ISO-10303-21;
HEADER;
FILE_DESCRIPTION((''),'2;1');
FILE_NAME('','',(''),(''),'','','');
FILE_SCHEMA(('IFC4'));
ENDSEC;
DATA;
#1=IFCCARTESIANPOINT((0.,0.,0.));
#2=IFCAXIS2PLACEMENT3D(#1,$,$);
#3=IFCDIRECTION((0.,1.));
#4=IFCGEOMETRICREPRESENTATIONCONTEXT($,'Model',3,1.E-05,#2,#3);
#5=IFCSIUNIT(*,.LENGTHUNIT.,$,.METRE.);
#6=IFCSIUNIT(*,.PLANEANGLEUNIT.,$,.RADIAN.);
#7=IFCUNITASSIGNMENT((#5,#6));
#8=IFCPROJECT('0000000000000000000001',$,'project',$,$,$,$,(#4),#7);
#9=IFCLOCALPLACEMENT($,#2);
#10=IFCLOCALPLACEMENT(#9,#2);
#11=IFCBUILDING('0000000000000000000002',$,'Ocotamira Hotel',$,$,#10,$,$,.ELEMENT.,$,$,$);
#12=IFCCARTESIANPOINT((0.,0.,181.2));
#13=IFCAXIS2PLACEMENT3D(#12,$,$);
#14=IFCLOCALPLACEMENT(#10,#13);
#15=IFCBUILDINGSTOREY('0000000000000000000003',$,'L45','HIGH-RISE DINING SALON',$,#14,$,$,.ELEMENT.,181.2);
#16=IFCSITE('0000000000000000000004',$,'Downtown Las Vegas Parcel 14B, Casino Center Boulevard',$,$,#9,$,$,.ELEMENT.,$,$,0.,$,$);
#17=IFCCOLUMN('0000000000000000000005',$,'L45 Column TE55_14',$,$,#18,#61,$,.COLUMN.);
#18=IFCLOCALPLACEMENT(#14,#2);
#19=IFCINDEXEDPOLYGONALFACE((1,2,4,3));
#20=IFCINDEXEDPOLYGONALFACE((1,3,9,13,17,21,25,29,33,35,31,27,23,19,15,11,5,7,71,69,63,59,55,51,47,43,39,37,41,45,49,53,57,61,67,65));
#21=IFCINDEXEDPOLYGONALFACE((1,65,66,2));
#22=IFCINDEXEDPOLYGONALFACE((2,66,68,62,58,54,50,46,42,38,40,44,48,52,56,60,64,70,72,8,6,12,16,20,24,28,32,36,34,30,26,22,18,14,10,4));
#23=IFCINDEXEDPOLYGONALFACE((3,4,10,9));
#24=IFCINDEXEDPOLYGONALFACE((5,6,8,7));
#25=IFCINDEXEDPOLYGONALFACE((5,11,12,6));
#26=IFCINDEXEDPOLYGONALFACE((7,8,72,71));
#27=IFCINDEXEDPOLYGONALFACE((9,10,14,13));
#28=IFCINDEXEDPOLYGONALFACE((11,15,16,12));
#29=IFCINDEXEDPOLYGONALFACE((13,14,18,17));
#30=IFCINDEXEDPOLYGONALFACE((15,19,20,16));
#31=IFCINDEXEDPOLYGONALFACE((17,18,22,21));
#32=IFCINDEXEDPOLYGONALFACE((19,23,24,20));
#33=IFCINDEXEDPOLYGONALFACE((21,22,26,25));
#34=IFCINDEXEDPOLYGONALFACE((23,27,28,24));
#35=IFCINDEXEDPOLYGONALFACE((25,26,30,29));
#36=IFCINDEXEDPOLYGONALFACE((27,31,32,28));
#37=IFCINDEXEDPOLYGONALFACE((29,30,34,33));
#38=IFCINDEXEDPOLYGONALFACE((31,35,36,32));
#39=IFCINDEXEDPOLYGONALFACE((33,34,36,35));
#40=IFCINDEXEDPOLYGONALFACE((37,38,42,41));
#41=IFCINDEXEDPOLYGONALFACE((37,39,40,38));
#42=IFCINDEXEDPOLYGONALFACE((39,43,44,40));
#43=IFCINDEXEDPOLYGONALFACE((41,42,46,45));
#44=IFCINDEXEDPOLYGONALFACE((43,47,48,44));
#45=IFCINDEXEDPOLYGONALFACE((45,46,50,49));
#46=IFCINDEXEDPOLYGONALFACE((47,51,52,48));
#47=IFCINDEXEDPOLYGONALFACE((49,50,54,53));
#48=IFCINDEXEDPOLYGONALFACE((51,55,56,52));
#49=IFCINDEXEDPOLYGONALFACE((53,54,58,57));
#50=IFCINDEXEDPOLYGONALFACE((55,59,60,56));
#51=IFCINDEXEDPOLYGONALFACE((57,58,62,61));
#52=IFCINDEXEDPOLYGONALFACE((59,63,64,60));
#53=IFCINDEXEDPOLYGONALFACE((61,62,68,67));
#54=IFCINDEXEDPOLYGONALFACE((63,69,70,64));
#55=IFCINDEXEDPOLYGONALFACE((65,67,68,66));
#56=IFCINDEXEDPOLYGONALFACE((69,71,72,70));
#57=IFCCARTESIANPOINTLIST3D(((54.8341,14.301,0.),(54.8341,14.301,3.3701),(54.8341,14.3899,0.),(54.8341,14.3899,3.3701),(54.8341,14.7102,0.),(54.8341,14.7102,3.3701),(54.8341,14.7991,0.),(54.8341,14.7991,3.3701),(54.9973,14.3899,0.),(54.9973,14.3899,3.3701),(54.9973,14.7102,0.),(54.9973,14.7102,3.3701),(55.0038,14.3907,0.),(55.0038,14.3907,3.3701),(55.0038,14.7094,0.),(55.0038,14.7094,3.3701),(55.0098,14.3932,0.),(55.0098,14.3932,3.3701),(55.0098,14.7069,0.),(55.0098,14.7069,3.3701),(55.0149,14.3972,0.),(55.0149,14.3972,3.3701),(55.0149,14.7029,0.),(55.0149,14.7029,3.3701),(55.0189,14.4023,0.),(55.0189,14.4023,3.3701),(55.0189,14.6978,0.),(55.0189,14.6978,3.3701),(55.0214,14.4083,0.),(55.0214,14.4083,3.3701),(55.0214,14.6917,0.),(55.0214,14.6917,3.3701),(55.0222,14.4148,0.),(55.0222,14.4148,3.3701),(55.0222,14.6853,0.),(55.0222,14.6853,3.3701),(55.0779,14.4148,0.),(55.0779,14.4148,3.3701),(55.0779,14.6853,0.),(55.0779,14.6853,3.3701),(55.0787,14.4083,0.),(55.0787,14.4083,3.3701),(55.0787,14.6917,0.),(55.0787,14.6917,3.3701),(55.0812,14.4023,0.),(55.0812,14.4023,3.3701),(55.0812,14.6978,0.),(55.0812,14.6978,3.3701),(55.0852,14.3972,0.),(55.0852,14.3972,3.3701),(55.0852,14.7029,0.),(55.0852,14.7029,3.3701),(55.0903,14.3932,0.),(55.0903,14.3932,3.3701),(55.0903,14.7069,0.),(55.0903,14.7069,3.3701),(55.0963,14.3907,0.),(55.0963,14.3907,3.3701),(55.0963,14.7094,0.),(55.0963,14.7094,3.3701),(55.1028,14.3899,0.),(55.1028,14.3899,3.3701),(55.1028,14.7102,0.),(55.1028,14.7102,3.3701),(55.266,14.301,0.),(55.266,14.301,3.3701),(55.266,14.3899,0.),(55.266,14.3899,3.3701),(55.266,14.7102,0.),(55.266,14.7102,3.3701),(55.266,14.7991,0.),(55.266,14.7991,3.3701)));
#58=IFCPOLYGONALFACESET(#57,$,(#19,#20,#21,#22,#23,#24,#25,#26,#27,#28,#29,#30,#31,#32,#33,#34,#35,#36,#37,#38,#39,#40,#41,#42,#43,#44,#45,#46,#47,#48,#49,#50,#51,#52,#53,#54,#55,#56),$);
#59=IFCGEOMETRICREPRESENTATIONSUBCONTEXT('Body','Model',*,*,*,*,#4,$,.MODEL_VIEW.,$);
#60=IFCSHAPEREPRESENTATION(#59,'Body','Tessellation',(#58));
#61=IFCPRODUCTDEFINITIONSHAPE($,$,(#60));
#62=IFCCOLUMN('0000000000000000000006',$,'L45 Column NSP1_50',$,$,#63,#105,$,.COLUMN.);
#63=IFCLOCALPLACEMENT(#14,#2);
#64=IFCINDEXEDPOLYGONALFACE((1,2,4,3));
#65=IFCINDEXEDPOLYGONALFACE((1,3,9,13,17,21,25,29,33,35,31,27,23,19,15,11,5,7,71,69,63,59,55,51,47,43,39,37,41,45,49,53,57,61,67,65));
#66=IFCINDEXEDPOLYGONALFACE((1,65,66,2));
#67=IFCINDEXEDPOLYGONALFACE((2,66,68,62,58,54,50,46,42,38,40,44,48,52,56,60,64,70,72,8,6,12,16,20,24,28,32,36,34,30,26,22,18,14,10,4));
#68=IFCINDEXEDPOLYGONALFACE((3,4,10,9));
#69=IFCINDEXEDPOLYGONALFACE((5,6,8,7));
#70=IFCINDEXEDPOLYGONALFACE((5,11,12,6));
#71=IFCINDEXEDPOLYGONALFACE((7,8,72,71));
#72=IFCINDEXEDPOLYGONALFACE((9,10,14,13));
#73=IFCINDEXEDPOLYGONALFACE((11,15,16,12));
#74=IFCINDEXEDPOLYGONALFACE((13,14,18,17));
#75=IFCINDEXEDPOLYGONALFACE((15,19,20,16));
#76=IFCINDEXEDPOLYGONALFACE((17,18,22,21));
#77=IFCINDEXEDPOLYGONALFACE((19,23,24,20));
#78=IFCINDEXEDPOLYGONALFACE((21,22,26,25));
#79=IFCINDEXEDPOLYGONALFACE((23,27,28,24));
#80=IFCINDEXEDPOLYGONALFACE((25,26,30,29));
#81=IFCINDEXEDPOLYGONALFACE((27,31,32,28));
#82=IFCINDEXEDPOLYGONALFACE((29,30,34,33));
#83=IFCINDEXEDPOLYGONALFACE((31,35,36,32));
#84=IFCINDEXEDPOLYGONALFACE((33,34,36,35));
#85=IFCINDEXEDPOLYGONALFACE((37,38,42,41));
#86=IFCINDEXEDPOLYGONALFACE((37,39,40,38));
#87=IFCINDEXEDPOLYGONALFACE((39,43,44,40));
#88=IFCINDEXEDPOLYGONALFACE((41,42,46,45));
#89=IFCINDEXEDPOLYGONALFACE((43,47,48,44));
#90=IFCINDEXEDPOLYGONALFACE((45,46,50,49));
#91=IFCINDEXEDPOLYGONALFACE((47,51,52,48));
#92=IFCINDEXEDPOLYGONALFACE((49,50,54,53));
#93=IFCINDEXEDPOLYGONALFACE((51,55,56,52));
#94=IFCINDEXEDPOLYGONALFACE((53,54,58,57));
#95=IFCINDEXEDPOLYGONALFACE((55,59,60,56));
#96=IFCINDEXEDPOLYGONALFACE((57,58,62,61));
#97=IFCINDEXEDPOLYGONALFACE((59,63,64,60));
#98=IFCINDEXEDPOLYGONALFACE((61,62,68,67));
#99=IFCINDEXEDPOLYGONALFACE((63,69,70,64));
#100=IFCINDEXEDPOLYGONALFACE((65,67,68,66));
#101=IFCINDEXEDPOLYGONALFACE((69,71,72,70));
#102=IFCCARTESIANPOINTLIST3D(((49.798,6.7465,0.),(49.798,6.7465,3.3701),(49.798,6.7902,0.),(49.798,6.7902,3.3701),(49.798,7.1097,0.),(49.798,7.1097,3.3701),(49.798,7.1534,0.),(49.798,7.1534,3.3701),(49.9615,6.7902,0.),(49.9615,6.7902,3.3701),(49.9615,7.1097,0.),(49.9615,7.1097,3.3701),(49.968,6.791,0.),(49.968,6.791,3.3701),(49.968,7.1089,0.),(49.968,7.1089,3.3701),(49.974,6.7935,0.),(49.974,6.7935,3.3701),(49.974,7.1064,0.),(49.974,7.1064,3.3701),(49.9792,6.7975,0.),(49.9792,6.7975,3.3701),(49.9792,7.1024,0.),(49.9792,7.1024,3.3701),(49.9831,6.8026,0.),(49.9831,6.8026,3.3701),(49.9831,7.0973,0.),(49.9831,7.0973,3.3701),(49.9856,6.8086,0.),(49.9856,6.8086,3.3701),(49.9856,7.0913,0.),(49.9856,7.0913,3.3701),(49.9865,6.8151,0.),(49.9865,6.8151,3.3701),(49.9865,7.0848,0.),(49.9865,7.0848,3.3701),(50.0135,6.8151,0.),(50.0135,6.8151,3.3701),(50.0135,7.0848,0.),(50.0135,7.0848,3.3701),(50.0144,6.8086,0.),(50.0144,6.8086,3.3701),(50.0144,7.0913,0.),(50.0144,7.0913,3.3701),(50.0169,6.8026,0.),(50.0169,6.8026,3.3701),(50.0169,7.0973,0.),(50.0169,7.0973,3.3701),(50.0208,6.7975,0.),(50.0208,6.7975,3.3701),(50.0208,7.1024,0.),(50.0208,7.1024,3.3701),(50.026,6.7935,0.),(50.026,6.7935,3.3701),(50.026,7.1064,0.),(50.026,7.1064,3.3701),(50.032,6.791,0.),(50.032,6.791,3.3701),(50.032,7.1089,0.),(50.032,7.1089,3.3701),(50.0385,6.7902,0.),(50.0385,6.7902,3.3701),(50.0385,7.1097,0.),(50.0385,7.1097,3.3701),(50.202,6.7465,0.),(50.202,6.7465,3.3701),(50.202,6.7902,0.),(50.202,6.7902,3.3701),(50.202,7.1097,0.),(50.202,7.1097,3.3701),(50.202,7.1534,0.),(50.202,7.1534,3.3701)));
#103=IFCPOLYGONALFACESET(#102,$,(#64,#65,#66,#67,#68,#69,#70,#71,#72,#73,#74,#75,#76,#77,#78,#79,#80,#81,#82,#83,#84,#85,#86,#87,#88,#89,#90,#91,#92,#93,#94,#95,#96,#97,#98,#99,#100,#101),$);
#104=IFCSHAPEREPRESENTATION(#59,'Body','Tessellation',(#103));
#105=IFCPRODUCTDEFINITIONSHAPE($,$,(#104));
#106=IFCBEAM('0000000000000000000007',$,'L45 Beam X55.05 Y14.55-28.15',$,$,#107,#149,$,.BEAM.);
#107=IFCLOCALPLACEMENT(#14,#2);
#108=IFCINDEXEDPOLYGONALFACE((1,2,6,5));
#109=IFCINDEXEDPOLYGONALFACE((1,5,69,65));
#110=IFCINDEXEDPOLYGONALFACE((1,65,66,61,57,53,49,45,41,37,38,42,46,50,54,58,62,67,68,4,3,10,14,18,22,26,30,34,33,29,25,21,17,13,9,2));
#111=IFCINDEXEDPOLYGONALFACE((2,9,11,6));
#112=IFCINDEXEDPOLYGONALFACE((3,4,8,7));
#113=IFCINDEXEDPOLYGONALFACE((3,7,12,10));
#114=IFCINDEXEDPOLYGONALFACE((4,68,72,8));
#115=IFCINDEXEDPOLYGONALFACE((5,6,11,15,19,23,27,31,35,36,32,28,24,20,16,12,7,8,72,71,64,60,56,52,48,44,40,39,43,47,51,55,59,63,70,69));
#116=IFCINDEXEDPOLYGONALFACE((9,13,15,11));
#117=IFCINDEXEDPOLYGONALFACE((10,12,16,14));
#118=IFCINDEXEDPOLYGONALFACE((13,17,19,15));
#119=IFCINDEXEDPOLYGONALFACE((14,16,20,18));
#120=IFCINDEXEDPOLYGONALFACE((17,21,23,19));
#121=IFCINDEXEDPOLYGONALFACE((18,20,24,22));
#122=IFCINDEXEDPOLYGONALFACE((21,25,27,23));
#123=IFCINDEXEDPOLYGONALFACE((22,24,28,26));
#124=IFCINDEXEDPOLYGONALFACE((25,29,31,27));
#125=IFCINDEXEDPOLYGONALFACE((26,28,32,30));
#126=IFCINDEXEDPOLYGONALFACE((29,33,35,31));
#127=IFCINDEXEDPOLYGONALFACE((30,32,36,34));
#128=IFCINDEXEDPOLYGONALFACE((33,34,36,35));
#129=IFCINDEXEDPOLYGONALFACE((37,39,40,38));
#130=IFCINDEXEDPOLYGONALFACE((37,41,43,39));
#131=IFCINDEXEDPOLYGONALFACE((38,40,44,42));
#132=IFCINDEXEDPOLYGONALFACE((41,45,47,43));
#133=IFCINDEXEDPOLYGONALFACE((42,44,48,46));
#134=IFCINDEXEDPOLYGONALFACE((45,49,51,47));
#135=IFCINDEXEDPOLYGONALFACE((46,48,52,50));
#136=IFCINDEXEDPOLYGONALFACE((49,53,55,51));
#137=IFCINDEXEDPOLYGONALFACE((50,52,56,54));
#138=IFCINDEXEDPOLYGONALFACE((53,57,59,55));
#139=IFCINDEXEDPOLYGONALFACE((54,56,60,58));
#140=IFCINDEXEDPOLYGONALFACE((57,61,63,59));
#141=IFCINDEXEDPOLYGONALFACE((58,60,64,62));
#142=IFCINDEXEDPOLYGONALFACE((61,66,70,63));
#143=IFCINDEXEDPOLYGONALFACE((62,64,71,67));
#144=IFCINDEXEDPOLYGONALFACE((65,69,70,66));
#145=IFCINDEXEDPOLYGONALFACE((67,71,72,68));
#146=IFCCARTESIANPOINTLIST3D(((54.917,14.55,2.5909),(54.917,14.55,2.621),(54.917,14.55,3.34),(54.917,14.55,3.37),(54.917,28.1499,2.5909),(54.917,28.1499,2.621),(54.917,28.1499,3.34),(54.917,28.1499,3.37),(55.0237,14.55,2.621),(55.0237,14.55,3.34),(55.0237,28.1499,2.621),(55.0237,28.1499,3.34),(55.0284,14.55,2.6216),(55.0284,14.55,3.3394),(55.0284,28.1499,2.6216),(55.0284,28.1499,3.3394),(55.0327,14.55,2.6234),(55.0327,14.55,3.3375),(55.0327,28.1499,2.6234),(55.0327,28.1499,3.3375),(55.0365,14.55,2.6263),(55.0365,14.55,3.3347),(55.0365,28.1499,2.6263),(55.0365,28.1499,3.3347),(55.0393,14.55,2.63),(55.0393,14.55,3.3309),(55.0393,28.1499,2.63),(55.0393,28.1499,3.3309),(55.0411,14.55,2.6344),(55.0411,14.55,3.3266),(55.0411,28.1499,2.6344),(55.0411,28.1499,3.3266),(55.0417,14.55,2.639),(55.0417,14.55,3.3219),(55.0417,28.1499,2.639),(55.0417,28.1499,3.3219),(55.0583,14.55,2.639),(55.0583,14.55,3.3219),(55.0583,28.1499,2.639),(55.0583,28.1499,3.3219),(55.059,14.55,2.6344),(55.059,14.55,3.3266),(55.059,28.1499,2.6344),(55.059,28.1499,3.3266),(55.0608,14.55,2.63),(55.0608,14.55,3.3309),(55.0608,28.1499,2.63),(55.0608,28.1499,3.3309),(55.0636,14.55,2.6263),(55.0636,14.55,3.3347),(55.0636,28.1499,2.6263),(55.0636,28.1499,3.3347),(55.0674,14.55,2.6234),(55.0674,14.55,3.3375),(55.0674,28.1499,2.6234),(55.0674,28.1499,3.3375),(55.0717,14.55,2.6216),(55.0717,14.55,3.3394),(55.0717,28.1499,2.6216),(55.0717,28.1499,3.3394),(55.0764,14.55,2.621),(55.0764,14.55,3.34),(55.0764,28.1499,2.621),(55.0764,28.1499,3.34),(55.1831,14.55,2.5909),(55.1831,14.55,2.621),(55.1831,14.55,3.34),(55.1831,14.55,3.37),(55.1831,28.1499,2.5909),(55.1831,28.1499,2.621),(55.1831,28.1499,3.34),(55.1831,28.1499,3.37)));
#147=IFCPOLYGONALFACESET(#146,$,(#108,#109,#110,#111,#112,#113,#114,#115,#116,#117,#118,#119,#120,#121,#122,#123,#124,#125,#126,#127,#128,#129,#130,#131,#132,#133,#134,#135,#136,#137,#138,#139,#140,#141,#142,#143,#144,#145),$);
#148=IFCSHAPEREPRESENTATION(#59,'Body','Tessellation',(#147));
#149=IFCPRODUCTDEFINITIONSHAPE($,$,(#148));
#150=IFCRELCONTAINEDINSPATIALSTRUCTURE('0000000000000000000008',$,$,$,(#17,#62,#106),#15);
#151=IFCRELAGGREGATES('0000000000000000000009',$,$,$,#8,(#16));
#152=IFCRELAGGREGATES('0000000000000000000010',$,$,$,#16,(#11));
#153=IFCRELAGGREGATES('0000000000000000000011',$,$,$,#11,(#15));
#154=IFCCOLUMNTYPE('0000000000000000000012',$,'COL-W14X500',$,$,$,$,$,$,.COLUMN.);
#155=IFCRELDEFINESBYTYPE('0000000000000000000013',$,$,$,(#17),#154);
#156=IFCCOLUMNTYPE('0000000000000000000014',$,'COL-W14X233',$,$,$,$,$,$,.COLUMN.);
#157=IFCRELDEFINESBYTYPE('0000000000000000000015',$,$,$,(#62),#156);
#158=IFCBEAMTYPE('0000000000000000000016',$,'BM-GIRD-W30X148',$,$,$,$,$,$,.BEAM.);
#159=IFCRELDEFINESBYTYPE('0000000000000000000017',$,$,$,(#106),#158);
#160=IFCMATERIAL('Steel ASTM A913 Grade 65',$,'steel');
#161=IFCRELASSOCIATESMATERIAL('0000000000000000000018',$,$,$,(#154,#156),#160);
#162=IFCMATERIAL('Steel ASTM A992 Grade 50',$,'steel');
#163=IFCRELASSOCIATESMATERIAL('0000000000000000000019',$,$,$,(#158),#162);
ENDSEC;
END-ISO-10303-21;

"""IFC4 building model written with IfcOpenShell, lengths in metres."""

from ifc_helpers import new_model, si_unit, direction, frame, origin, origin_2d, place, context, subcontext, project, spatial, i_section, extrude, source, transform, mapped, material, material_profile, profile_set, type_object, element, save


model = new_model("IFC4")

# Units and contexts
model_context = context("Model", 3, precision=1e-05, world=origin(), true_north=direction((0.0, 1.0)))
body_context = subcontext(model_context, "Body", "Model", "MODEL_VIEW")
ifc_project = project(units=[si_unit("LENGTHUNIT", "METRE"), si_unit("PLANEANGLEUNIT", "RADIAN")], contexts=[model_context])

# Site, building, storey
site_placement = place(None, origin())
site = spatial("IfcSite", under=ifc_project, at=site_placement, Name="Downtown Las Vegas Parcel 14B, Casino Center Boulevard", CompositionType="ELEMENT", RefElevation=0.0)
building_placement = place(site_placement, origin())
building = spatial("IfcBuilding", under=site, at=building_placement, Name="Ocotamira Hotel", CompositionType="ELEMENT")
storey_placement = place(building_placement, frame((0.0, 0.0, 181.2)))
storey = spatial("IfcBuildingStorey", under=building, at=storey_placement, Name="L45", Description="HIGH-RISE DINING SALON", CompositionType="ELEMENT", Elevation=181.2)

# Columns
ifc_material_1 = material(Name="Steel ASTM A913 Grade 65", Category="steel")
ifc_material_profile_1 = material_profile(ifc_material_1, i_section(OverallWidth=0.4319, OverallDepth=0.498, WebThickness=0.0557, FlangeThickness=0.0889, FilletRadius=0.0249, at=origin_2d()), Name="W14X500")
ifc_profile_set_1 = profile_set([ifc_material_profile_1], Name="Steel ASTM A913 Grade 65")
column_type_1 = type_object("IfcColumnType", Name="COL-W14X500", PredefinedType="COLUMN", material=ifc_profile_set_1)
shared_shape_1 = source(origin(), body_context, "Body", "SweptSolid", [
    extrude(i_section(OverallWidth=0.4319, OverallDepth=0.498, WebThickness=0.0557, FlangeThickness=0.0889, FilletRadius=0.0249, at=origin_2d()), origin(), (0.0, 0.0, 1.0), 3.3701),
])
column_1_placement = place(storey_placement, frame((55.05, 14.55, 0.0), z_axis=(0.0, 0.0, 1.0), x_axis=(1.0, 0.0, 0.0)))
element("IfcColumn", 1, at=column_1_placement, inside=storey, type_object=column_type_1, Name="L45 Column TE55_14", PredefinedType="COLUMN", context=body_context, shape_type="MappedRepresentation", body=[
    mapped(shared_shape_1, transform((0.0, 0.0, 0.0), scale=1.0)),
])
ifc_material_profile_2 = material_profile(ifc_material_1, i_section(OverallWidth=0.4041, OverallDepth=0.407, WebThickness=0.0271, FlangeThickness=0.0437, FilletRadius=0.0249, at=origin_2d()), Name="W14X233")
ifc_profile_set_2 = profile_set([ifc_material_profile_2], Name="Steel ASTM A913 Grade 65")
column_type_2 = type_object("IfcColumnType", Name="COL-W14X233", PredefinedType="COLUMN", material=ifc_profile_set_2)
shared_shape_2 = source(origin(), body_context, "Body", "SweptSolid", [
    extrude(i_section(OverallWidth=0.4041, OverallDepth=0.407, WebThickness=0.0271, FlangeThickness=0.0437, FilletRadius=0.0249, at=origin_2d()), origin(), (0.0, 0.0, 1.0), 3.3701),
])
column_2_placement = place(storey_placement, frame((50.0, 6.95, 0.0), z_axis=(0.0, 0.0, 1.0), x_axis=(1.0, 0.0, 0.0)))
element("IfcColumn", 2, at=column_2_placement, inside=storey, type_object=column_type_2, Name="L45 Column NSP1_50", PredefinedType="COLUMN", context=body_context, shape_type="MappedRepresentation", body=[
    mapped(shared_shape_2, transform((0.0, 0.0, 0.0), scale=1.0)),
])

# Beam
ifc_material_2 = material(Name="Steel ASTM A992 Grade 50", Category="steel")
ifc_material_profile_3 = material_profile(ifc_material_2, i_section(OverallWidth=0.2661, OverallDepth=0.7791, WebThickness=0.0166, FlangeThickness=0.03, FilletRadius=0.0181, at=origin_2d()), Name="W30X148")
ifc_profile_set_3 = profile_set([ifc_material_profile_3], Name="Steel ASTM A992 Grade 50")
beam_type_1 = type_object("IfcBeamType", Name="BM-GIRD-W30X148", PredefinedType="BEAM", material=ifc_profile_set_3)
shared_shape_3 = source(origin(), body_context, "Body", "SweptSolid", [
    extrude(i_section(OverallWidth=0.2661, OverallDepth=0.7791, WebThickness=0.0166, FlangeThickness=0.03, FilletRadius=0.0181, at=origin_2d()), origin(), (0.0, 0.0, 1.0), 13.5999),
])
beam_1_placement = place(storey_placement, frame((55.05, 14.55, 2.9805), z_axis=(0.0, 1.0, 0.0), x_axis=(-1.0, 0.0, 0.0)))
element("IfcBeam", 3, at=beam_1_placement, inside=storey, type_object=beam_type_1, Name="L45 Beam X55.05 Y14.55-28.15", PredefinedType="BEAM", context=body_context, shape_type="MappedRepresentation", body=[
    mapped(shared_shape_3, transform((0.0, 0.0, 0.0), scale=1.0)),
])

save(model, "model.ifc")
